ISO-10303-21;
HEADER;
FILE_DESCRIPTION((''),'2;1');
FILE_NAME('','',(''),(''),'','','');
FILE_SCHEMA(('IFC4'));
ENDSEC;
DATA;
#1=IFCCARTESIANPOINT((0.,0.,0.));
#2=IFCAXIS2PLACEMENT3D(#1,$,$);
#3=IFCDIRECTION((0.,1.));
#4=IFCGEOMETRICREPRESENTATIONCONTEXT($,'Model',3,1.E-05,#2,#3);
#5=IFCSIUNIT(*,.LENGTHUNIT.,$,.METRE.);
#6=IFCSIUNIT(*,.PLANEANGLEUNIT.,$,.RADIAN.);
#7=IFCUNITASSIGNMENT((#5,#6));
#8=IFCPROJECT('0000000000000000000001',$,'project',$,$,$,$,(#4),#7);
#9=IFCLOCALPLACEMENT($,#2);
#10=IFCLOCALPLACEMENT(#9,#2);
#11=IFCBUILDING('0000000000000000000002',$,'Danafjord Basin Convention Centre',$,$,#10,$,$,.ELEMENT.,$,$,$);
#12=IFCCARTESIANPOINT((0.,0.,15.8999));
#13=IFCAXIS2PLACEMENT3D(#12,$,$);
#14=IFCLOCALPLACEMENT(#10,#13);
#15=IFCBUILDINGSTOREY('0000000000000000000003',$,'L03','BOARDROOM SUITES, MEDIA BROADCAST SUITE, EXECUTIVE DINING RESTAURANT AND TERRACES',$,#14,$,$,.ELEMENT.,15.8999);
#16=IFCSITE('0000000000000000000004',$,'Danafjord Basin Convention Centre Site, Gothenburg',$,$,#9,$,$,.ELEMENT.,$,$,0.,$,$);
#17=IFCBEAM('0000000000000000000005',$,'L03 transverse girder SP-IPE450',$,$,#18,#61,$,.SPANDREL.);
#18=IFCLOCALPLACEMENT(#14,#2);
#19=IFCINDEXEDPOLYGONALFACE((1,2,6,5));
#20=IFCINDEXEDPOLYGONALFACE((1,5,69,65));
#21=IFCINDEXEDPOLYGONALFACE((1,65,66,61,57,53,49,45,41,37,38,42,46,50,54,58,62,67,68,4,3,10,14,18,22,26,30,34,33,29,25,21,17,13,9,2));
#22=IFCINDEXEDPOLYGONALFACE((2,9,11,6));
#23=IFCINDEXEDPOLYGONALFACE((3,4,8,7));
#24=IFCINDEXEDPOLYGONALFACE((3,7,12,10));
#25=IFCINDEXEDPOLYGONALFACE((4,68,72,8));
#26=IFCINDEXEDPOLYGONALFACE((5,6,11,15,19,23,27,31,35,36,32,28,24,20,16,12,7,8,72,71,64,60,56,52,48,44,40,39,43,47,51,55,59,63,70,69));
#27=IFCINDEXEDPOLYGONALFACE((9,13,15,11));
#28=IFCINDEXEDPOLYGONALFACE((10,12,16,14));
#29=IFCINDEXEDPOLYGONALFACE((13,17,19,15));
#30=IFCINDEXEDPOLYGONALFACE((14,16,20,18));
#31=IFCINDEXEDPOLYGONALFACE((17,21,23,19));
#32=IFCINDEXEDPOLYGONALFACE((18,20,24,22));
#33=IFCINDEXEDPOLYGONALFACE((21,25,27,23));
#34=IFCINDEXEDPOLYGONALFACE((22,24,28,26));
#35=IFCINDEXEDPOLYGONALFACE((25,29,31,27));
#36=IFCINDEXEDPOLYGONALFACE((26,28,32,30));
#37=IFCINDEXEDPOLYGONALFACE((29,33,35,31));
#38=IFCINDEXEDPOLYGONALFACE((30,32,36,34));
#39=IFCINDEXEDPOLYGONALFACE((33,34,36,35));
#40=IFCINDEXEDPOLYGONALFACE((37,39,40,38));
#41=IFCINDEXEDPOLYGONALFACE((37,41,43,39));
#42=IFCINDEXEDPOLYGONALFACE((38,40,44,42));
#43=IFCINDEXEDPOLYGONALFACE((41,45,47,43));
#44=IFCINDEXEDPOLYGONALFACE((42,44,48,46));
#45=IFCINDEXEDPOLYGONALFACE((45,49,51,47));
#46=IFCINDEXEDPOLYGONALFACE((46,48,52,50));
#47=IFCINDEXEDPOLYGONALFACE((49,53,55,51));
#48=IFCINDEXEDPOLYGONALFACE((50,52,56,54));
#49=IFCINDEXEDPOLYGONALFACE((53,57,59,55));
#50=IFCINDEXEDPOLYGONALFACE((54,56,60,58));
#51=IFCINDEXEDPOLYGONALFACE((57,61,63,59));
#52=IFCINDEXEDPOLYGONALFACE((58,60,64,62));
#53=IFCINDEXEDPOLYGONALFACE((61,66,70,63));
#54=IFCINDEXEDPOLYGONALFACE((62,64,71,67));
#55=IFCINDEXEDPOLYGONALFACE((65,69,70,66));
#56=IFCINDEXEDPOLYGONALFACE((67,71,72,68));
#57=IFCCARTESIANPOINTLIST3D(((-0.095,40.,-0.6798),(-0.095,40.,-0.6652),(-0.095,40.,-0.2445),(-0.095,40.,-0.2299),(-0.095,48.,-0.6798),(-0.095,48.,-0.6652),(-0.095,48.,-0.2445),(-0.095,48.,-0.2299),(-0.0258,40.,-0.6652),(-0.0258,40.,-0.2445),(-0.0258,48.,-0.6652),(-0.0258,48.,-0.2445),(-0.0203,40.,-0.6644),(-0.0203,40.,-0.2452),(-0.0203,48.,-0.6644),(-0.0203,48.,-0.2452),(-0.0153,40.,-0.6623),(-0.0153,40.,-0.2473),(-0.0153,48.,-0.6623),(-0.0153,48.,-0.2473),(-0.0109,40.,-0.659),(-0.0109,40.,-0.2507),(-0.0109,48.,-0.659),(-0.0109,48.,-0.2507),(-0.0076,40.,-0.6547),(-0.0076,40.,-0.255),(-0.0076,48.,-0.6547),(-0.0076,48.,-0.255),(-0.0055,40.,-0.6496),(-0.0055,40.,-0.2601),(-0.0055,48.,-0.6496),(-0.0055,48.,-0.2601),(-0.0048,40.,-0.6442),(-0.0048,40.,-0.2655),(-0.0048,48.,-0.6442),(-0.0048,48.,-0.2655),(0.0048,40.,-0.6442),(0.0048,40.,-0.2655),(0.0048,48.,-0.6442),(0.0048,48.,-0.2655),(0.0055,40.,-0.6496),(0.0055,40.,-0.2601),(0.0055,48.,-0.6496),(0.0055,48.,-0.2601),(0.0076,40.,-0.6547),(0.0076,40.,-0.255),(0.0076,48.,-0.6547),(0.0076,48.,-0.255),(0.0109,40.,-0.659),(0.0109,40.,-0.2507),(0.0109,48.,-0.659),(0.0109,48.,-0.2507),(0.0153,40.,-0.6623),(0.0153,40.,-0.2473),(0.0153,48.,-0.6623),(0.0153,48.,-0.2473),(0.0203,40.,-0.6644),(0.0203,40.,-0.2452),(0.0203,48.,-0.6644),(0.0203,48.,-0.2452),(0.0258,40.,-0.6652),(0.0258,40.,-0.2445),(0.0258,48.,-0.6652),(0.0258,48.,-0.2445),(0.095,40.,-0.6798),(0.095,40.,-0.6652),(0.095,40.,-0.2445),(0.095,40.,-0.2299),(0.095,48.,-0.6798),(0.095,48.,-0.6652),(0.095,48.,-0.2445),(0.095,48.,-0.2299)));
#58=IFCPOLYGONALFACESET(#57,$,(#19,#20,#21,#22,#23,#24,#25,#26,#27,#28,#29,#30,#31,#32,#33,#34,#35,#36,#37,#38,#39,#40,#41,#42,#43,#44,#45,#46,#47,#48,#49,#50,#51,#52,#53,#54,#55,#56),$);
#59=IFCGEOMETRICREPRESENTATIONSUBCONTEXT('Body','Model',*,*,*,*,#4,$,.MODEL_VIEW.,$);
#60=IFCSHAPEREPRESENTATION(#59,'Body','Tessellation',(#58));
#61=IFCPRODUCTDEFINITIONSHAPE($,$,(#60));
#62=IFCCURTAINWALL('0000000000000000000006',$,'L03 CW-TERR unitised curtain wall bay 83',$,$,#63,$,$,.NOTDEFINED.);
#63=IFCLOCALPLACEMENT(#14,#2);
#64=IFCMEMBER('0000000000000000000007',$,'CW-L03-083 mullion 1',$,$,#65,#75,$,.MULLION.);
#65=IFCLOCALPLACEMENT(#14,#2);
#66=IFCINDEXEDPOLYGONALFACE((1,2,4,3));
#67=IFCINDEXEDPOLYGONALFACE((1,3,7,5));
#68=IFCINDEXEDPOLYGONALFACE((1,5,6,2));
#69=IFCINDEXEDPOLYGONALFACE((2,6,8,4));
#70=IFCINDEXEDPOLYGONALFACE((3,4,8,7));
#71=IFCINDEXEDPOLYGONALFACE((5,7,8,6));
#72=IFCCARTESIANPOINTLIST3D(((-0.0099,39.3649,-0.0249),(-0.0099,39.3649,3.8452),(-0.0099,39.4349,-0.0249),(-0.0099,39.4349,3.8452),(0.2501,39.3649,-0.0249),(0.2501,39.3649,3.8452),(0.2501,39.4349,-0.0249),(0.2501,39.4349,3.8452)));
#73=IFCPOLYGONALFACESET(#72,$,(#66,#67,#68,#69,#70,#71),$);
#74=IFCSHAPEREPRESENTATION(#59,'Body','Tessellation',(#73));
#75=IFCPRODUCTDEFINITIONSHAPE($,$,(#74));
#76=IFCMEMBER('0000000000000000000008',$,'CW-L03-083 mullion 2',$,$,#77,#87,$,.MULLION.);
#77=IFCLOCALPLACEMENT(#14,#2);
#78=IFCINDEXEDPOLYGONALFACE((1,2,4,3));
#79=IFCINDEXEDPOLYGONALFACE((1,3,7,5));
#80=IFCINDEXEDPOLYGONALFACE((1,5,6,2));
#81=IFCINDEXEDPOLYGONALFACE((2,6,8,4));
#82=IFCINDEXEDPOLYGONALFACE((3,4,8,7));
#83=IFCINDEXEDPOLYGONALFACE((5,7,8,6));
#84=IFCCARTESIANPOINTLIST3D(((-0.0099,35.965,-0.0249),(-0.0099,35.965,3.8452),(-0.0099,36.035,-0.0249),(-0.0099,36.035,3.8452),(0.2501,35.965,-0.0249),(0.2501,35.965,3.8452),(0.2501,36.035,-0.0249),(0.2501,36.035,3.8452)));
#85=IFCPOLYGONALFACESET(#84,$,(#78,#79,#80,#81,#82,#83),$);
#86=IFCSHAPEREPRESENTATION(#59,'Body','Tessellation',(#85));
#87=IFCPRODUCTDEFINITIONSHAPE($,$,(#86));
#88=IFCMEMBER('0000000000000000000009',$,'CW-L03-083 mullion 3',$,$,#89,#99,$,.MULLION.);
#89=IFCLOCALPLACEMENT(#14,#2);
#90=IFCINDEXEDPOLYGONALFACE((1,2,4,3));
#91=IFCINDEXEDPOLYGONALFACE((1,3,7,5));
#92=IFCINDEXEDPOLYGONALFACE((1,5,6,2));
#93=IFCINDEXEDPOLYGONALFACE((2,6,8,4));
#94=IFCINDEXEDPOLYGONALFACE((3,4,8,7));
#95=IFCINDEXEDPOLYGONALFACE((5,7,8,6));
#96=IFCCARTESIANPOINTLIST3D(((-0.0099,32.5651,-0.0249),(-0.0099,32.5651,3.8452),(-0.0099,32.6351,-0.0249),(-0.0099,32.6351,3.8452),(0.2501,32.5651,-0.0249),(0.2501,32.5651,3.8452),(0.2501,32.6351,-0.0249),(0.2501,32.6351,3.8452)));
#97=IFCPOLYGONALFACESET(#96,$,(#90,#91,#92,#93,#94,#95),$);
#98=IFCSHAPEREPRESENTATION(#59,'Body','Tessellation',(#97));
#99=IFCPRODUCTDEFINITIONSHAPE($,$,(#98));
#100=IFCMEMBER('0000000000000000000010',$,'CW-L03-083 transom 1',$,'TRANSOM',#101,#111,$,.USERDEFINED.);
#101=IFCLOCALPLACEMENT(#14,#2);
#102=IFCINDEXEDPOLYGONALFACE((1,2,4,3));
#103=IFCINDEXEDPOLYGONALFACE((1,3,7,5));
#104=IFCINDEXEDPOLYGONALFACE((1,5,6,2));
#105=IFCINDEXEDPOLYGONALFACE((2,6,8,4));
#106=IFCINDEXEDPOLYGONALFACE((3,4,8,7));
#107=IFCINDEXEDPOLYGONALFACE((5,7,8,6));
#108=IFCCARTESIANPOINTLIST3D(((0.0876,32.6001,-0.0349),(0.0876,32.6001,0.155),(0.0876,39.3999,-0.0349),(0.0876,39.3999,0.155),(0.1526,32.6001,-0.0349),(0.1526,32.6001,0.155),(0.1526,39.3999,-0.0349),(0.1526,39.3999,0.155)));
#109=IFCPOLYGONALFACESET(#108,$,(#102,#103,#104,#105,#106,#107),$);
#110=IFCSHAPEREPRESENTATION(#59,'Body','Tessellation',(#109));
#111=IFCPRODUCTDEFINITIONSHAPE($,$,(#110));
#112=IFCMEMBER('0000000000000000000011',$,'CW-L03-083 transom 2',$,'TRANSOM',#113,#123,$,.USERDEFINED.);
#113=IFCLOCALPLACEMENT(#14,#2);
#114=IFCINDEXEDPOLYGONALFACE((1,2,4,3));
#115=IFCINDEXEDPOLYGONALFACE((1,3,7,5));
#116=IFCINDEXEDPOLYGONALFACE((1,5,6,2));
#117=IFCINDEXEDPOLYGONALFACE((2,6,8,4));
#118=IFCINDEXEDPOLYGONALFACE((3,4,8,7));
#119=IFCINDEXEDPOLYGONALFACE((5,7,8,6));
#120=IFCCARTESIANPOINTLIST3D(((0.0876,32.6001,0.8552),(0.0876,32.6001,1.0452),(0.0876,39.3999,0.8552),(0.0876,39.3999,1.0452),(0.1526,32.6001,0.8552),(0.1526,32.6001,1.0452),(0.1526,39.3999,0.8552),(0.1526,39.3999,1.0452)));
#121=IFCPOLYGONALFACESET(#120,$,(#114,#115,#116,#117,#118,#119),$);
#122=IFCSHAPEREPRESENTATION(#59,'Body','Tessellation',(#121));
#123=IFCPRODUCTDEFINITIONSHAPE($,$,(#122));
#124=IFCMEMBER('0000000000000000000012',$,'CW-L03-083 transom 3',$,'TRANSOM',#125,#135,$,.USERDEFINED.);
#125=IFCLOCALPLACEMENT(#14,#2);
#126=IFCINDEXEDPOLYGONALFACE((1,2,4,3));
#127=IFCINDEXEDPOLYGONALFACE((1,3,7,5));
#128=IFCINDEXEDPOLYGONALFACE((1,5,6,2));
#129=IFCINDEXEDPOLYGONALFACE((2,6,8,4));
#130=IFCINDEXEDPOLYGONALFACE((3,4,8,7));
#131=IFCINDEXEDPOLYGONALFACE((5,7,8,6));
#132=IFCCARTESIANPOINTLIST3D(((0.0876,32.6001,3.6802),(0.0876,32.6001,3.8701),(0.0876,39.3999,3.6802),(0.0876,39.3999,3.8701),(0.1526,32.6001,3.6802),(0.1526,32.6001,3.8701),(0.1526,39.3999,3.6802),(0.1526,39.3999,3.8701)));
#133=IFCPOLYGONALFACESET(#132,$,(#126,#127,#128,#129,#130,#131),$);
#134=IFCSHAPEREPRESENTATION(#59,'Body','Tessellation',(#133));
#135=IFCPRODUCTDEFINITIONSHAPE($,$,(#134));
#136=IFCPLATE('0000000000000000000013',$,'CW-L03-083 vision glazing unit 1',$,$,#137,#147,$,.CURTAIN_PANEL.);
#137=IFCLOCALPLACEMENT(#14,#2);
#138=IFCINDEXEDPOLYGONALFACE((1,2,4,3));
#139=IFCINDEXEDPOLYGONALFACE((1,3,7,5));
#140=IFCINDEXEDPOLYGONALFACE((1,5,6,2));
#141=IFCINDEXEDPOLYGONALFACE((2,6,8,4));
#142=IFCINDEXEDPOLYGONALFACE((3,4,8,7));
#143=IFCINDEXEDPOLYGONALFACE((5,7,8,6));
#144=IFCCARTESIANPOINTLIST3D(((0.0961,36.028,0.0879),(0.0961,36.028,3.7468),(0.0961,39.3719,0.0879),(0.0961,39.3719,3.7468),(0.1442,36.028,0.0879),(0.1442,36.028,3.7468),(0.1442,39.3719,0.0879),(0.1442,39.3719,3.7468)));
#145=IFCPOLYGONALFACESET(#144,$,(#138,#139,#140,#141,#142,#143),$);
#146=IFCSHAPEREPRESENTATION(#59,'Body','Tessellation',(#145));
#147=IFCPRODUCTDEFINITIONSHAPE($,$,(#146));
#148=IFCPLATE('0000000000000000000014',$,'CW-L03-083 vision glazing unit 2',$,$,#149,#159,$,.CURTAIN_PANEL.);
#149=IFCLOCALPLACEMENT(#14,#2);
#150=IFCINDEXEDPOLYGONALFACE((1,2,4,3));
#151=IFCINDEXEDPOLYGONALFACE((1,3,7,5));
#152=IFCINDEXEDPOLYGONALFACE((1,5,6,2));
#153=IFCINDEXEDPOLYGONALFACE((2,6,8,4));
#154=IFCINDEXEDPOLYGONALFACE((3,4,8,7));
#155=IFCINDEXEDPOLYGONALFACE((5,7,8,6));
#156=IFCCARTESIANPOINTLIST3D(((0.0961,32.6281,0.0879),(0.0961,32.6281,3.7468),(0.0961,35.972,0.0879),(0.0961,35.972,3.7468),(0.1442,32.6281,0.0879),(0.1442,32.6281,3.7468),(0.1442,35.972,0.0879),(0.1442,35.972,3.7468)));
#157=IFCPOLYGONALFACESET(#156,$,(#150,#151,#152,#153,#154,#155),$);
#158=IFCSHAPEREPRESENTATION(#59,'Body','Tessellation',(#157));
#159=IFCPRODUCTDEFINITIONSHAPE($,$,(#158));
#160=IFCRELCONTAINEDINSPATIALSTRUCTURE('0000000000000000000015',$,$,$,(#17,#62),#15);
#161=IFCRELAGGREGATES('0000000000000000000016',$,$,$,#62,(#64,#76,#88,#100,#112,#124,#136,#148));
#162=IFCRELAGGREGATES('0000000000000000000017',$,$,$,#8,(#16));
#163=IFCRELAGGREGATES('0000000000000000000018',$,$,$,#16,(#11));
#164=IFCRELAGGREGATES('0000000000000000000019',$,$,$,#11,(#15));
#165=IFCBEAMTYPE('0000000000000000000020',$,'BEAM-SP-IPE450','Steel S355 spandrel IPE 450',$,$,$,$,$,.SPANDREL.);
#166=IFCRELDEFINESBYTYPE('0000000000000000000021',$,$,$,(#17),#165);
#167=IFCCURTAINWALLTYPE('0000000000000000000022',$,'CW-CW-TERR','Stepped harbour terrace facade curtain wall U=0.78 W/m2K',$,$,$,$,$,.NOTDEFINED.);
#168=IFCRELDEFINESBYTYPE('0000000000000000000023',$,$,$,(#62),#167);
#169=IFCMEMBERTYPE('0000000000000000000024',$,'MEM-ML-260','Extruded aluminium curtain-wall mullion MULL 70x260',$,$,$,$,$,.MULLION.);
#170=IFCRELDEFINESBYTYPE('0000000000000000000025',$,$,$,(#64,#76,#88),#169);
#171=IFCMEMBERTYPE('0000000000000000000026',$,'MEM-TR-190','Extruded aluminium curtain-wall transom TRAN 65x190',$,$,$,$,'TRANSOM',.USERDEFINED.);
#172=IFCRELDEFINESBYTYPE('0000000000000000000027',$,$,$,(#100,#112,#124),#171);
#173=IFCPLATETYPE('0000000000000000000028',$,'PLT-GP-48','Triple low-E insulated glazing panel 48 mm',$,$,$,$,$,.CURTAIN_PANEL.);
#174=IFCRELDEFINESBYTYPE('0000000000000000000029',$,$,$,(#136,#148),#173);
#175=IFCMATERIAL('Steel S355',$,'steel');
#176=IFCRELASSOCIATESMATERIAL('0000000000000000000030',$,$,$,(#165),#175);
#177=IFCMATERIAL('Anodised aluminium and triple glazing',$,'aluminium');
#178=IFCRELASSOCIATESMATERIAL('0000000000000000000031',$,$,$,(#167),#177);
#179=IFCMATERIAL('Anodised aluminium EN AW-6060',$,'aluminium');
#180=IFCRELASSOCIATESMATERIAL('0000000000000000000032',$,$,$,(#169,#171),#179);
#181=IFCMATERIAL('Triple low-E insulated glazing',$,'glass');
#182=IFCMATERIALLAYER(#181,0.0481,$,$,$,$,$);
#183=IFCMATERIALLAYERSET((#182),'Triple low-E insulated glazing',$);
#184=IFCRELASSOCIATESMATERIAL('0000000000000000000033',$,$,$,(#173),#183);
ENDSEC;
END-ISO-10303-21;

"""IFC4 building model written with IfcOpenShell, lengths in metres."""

from ifc_helpers import new_model, si_unit, direction, frame, origin, origin_2d, place, context, subcontext, project, spatial, rectangle, i_section, extrude, material, layer, layer_set, material_profile, profile_set, type_object, element, aggregate, save


model = new_model("IFC4")

# Units and contexts
model_context = context("Model", 3, precision=1e-05, world=origin(), true_north=direction((0.0, 1.0)))
body_context = subcontext(model_context, "Body", "Model", "MODEL_VIEW")
ifc_project = project(units=[si_unit("LENGTHUNIT", "METRE"), si_unit("PLANEANGLEUNIT", "RADIAN")], contexts=[model_context])

# Site, building, storey
site_placement = place(None, origin())
site = spatial("IfcSite", under=ifc_project, at=site_placement, Name="Danafjord Basin Convention Centre Site, Gothenburg", CompositionType="ELEMENT", RefElevation=0.0)
building_placement = place(site_placement, origin())
building = spatial("IfcBuilding", under=site, at=building_placement, Name="Danafjord Basin Convention Centre", CompositionType="ELEMENT")
storey_placement = place(building_placement, frame((0.0, 0.0, 15.8999)))
storey = spatial("IfcBuildingStorey", under=building, at=storey_placement, Name="L03", Description="BOARDROOM SUITES, MEDIA BROADCAST SUITE, EXECUTIVE DINING RESTAURANT AND TERRACES", CompositionType="ELEMENT", Elevation=15.8999)

# Shared definitions
ifc_material_1 = material(Name="Steel S355", Category="steel")

# Beam
ifc_material_profile_1 = material_profile(ifc_material_1, i_section(OverallWidth=0.1899, OverallDepth=0.45, WebThickness=0.0095, FlangeThickness=0.0146, FilletRadius=0.021, at=origin_2d()), Name="IPE 450")
ifc_profile_set_1 = profile_set([ifc_material_profile_1], Name="Steel S355")
beam_type_1 = type_object("IfcBeamType", Name="BEAM-SP-IPE450", Description="Steel S355 spandrel IPE 450", PredefinedType="SPANDREL", material=ifc_profile_set_1)
beam_1_placement = place(storey_placement, frame((0.0, 40.0, -0.4548), z_axis=(0.0, 1.0, 0.0), x_axis=(-1.0, 0.0, 0.0)))
element("IfcBeam", 1, at=beam_1_placement, inside=storey, type_object=beam_type_1, Name="L03 transverse girder SP-IPE450", PredefinedType="SPANDREL", context=body_context, shape_type="SweptSolid", body=[
    extrude(i_section(OverallWidth=0.1899, OverallDepth=0.45, WebThickness=0.0095, FlangeThickness=0.0146, FilletRadius=0.021, at=origin_2d()), origin(), (0.0, 0.0, 1.0), 8.0),
])

# Curtain wall, members, plates
ifc_material_2 = material(Name="Anodised aluminium and triple glazing", Category="aluminium")
curtain_wall_type = type_object("IfcCurtainWallType", Name="CW-CW-TERR", Description="Stepped harbour terrace facade curtain wall U=0.78 W/m2K", PredefinedType="NOTDEFINED", material=ifc_material_2)
curtain_wall_placement = place(storey_placement, origin())
curtain_wall = element("IfcCurtainWall", 2, at=curtain_wall_placement, inside=storey, type_object=curtain_wall_type, Name="L03 CW-TERR unitised curtain wall bay 83", PredefinedType="NOTDEFINED")
ifc_material_3 = material(Name="Anodised aluminium EN AW-6060", Category="aluminium")
ifc_material_profile_2 = material_profile(ifc_material_3, rectangle(XDim=0.0701, YDim=0.26, at=origin_2d()), Name="MULL 70x260")
ifc_profile_set_2 = profile_set([ifc_material_profile_2], Name="Anodised aluminium EN AW-6060")
member_type_1 = type_object("IfcMemberType", Name="MEM-ML-260", Description="Extruded aluminium curtain-wall mullion MULL 70x260", PredefinedType="MULLION", material=ifc_profile_set_2)
member_1_placement = place(storey_placement, frame((0.1201, 39.3999, -0.0249), z_axis=(0.0, 0.0, 1.0), x_axis=(0.0, -1.0, 0.0)))
member_1 = element("IfcMember", 3, at=member_1_placement, type_object=member_type_1, Name="CW-L03-083 mullion 1", PredefinedType="MULLION", context=body_context, shape_type="SweptSolid", body=[
    extrude(rectangle(XDim=0.0701, YDim=0.26, at=origin_2d()), origin(), (0.0, 0.0, 1.0), 3.8701),
])
member_2_placement = place(storey_placement, frame((0.1201, 36.0, -0.0249), z_axis=(0.0, 0.0, 1.0), x_axis=(0.0, -1.0, 0.0)))
member_2 = element("IfcMember", 4, at=member_2_placement, type_object=member_type_1, Name="CW-L03-083 mullion 2", PredefinedType="MULLION", context=body_context, shape_type="SweptSolid", body=[
    extrude(rectangle(XDim=0.0701, YDim=0.26, at=origin_2d()), origin(), (0.0, 0.0, 1.0), 3.8701),
])
member_3_placement = place(storey_placement, frame((0.1201, 32.6001, -0.0249), z_axis=(0.0, 0.0, 1.0), x_axis=(0.0, -1.0, 0.0)))
member_3 = element("IfcMember", 5, at=member_3_placement, type_object=member_type_1, Name="CW-L03-083 mullion 3", PredefinedType="MULLION", context=body_context, shape_type="SweptSolid", body=[
    extrude(rectangle(XDim=0.0701, YDim=0.26, at=origin_2d()), origin(), (0.0, 0.0, 1.0), 3.8701),
])
ifc_material_profile_3 = material_profile(ifc_material_3, rectangle(XDim=0.0649, YDim=0.1899, at=origin_2d()), Name="TRAN 65x190")
ifc_profile_set_3 = profile_set([ifc_material_profile_3], Name="Anodised aluminium EN AW-6060")
member_type_2 = type_object("IfcMemberType", Name="MEM-TR-190", Description="Extruded aluminium curtain-wall transom TRAN 65x190", ElementType="TRANSOM", PredefinedType="USERDEFINED", material=ifc_profile_set_3)
member_4_placement = place(storey_placement, frame((0.1201, 39.3999, 0.0601), z_axis=(0.0, -1.0, 0.0), x_axis=(1.0, 0.0, 0.0)))
member_4 = element("IfcMember", 6, at=member_4_placement, type_object=member_type_2, Name="CW-L03-083 transom 1", ObjectType="TRANSOM", PredefinedType="USERDEFINED", context=body_context, shape_type="SweptSolid", body=[
    extrude(rectangle(XDim=0.0649, YDim=0.1899, at=origin_2d()), origin(), (0.0, 0.0, 1.0), 6.7998),
])
member_5_placement = place(storey_placement, frame((0.1201, 39.3999, 0.9502), z_axis=(0.0, -1.0, 0.0), x_axis=(1.0, 0.0, 0.0)))
member_5 = element("IfcMember", 7, at=member_5_placement, type_object=member_type_2, Name="CW-L03-083 transom 2", ObjectType="TRANSOM", PredefinedType="USERDEFINED", context=body_context, shape_type="SweptSolid", body=[
    extrude(rectangle(XDim=0.0649, YDim=0.1899, at=origin_2d()), origin(), (0.0, 0.0, 1.0), 6.7998),
])
member_6_placement = place(storey_placement, frame((0.1201, 39.3999, 3.7751), z_axis=(0.0, -1.0, 0.0), x_axis=(1.0, 0.0, 0.0)))
member_6 = element("IfcMember", 8, at=member_6_placement, type_object=member_type_2, Name="CW-L03-083 transom 3", ObjectType="TRANSOM", PredefinedType="USERDEFINED", context=body_context, shape_type="SweptSolid", body=[
    extrude(rectangle(XDim=0.0649, YDim=0.1899, at=origin_2d()), origin(), (0.0, 0.0, 1.0), 6.7998),
])
ifc_material_4 = material(Name="Triple low-E insulated glazing", Category="glass")
ifc_layer_1 = layer(ifc_material_4, 0.0481)
ifc_layer_set_1 = layer_set([ifc_layer_1], Name="Triple low-E insulated glazing")
plate_type = type_object("IfcPlateType", Name="PLT-GP-48", Description="Triple low-E insulated glazing panel 48 mm", PredefinedType="CURTAIN_PANEL", material=ifc_layer_set_1)
plate_1_placement = place(storey_placement, frame((0.1201, 37.7, 0.0879), z_axis=(0.0, 0.0, 1.0), x_axis=(0.0, -1.0, 0.0)))
plate_1 = element("IfcPlate", 9, at=plate_1_placement, type_object=plate_type, Name="CW-L03-083 vision glazing unit 1", PredefinedType="CURTAIN_PANEL", context=body_context, shape_type="SweptSolid", body=[
    extrude(rectangle(XDim=3.344, YDim=0.0481, at=origin_2d()), origin(), (0.0, 0.0, 1.0), 3.6589),
])
plate_2_placement = place(storey_placement, frame((0.1201, 34.3, 0.0879), z_axis=(0.0, 0.0, 1.0), x_axis=(0.0, -1.0, 0.0)))
plate_2 = element("IfcPlate", 10, at=plate_2_placement, type_object=plate_type, Name="CW-L03-083 vision glazing unit 2", PredefinedType="CURTAIN_PANEL", context=body_context, shape_type="SweptSolid", body=[
    extrude(rectangle(XDim=3.344, YDim=0.0481, at=origin_2d()), origin(), (0.0, 0.0, 1.0), 3.6589),
])
aggregate(curtain_wall, [member_1, member_2, member_3, member_4, member_5, member_6, plate_1, plate_2])

save(model, "model.ifc")
